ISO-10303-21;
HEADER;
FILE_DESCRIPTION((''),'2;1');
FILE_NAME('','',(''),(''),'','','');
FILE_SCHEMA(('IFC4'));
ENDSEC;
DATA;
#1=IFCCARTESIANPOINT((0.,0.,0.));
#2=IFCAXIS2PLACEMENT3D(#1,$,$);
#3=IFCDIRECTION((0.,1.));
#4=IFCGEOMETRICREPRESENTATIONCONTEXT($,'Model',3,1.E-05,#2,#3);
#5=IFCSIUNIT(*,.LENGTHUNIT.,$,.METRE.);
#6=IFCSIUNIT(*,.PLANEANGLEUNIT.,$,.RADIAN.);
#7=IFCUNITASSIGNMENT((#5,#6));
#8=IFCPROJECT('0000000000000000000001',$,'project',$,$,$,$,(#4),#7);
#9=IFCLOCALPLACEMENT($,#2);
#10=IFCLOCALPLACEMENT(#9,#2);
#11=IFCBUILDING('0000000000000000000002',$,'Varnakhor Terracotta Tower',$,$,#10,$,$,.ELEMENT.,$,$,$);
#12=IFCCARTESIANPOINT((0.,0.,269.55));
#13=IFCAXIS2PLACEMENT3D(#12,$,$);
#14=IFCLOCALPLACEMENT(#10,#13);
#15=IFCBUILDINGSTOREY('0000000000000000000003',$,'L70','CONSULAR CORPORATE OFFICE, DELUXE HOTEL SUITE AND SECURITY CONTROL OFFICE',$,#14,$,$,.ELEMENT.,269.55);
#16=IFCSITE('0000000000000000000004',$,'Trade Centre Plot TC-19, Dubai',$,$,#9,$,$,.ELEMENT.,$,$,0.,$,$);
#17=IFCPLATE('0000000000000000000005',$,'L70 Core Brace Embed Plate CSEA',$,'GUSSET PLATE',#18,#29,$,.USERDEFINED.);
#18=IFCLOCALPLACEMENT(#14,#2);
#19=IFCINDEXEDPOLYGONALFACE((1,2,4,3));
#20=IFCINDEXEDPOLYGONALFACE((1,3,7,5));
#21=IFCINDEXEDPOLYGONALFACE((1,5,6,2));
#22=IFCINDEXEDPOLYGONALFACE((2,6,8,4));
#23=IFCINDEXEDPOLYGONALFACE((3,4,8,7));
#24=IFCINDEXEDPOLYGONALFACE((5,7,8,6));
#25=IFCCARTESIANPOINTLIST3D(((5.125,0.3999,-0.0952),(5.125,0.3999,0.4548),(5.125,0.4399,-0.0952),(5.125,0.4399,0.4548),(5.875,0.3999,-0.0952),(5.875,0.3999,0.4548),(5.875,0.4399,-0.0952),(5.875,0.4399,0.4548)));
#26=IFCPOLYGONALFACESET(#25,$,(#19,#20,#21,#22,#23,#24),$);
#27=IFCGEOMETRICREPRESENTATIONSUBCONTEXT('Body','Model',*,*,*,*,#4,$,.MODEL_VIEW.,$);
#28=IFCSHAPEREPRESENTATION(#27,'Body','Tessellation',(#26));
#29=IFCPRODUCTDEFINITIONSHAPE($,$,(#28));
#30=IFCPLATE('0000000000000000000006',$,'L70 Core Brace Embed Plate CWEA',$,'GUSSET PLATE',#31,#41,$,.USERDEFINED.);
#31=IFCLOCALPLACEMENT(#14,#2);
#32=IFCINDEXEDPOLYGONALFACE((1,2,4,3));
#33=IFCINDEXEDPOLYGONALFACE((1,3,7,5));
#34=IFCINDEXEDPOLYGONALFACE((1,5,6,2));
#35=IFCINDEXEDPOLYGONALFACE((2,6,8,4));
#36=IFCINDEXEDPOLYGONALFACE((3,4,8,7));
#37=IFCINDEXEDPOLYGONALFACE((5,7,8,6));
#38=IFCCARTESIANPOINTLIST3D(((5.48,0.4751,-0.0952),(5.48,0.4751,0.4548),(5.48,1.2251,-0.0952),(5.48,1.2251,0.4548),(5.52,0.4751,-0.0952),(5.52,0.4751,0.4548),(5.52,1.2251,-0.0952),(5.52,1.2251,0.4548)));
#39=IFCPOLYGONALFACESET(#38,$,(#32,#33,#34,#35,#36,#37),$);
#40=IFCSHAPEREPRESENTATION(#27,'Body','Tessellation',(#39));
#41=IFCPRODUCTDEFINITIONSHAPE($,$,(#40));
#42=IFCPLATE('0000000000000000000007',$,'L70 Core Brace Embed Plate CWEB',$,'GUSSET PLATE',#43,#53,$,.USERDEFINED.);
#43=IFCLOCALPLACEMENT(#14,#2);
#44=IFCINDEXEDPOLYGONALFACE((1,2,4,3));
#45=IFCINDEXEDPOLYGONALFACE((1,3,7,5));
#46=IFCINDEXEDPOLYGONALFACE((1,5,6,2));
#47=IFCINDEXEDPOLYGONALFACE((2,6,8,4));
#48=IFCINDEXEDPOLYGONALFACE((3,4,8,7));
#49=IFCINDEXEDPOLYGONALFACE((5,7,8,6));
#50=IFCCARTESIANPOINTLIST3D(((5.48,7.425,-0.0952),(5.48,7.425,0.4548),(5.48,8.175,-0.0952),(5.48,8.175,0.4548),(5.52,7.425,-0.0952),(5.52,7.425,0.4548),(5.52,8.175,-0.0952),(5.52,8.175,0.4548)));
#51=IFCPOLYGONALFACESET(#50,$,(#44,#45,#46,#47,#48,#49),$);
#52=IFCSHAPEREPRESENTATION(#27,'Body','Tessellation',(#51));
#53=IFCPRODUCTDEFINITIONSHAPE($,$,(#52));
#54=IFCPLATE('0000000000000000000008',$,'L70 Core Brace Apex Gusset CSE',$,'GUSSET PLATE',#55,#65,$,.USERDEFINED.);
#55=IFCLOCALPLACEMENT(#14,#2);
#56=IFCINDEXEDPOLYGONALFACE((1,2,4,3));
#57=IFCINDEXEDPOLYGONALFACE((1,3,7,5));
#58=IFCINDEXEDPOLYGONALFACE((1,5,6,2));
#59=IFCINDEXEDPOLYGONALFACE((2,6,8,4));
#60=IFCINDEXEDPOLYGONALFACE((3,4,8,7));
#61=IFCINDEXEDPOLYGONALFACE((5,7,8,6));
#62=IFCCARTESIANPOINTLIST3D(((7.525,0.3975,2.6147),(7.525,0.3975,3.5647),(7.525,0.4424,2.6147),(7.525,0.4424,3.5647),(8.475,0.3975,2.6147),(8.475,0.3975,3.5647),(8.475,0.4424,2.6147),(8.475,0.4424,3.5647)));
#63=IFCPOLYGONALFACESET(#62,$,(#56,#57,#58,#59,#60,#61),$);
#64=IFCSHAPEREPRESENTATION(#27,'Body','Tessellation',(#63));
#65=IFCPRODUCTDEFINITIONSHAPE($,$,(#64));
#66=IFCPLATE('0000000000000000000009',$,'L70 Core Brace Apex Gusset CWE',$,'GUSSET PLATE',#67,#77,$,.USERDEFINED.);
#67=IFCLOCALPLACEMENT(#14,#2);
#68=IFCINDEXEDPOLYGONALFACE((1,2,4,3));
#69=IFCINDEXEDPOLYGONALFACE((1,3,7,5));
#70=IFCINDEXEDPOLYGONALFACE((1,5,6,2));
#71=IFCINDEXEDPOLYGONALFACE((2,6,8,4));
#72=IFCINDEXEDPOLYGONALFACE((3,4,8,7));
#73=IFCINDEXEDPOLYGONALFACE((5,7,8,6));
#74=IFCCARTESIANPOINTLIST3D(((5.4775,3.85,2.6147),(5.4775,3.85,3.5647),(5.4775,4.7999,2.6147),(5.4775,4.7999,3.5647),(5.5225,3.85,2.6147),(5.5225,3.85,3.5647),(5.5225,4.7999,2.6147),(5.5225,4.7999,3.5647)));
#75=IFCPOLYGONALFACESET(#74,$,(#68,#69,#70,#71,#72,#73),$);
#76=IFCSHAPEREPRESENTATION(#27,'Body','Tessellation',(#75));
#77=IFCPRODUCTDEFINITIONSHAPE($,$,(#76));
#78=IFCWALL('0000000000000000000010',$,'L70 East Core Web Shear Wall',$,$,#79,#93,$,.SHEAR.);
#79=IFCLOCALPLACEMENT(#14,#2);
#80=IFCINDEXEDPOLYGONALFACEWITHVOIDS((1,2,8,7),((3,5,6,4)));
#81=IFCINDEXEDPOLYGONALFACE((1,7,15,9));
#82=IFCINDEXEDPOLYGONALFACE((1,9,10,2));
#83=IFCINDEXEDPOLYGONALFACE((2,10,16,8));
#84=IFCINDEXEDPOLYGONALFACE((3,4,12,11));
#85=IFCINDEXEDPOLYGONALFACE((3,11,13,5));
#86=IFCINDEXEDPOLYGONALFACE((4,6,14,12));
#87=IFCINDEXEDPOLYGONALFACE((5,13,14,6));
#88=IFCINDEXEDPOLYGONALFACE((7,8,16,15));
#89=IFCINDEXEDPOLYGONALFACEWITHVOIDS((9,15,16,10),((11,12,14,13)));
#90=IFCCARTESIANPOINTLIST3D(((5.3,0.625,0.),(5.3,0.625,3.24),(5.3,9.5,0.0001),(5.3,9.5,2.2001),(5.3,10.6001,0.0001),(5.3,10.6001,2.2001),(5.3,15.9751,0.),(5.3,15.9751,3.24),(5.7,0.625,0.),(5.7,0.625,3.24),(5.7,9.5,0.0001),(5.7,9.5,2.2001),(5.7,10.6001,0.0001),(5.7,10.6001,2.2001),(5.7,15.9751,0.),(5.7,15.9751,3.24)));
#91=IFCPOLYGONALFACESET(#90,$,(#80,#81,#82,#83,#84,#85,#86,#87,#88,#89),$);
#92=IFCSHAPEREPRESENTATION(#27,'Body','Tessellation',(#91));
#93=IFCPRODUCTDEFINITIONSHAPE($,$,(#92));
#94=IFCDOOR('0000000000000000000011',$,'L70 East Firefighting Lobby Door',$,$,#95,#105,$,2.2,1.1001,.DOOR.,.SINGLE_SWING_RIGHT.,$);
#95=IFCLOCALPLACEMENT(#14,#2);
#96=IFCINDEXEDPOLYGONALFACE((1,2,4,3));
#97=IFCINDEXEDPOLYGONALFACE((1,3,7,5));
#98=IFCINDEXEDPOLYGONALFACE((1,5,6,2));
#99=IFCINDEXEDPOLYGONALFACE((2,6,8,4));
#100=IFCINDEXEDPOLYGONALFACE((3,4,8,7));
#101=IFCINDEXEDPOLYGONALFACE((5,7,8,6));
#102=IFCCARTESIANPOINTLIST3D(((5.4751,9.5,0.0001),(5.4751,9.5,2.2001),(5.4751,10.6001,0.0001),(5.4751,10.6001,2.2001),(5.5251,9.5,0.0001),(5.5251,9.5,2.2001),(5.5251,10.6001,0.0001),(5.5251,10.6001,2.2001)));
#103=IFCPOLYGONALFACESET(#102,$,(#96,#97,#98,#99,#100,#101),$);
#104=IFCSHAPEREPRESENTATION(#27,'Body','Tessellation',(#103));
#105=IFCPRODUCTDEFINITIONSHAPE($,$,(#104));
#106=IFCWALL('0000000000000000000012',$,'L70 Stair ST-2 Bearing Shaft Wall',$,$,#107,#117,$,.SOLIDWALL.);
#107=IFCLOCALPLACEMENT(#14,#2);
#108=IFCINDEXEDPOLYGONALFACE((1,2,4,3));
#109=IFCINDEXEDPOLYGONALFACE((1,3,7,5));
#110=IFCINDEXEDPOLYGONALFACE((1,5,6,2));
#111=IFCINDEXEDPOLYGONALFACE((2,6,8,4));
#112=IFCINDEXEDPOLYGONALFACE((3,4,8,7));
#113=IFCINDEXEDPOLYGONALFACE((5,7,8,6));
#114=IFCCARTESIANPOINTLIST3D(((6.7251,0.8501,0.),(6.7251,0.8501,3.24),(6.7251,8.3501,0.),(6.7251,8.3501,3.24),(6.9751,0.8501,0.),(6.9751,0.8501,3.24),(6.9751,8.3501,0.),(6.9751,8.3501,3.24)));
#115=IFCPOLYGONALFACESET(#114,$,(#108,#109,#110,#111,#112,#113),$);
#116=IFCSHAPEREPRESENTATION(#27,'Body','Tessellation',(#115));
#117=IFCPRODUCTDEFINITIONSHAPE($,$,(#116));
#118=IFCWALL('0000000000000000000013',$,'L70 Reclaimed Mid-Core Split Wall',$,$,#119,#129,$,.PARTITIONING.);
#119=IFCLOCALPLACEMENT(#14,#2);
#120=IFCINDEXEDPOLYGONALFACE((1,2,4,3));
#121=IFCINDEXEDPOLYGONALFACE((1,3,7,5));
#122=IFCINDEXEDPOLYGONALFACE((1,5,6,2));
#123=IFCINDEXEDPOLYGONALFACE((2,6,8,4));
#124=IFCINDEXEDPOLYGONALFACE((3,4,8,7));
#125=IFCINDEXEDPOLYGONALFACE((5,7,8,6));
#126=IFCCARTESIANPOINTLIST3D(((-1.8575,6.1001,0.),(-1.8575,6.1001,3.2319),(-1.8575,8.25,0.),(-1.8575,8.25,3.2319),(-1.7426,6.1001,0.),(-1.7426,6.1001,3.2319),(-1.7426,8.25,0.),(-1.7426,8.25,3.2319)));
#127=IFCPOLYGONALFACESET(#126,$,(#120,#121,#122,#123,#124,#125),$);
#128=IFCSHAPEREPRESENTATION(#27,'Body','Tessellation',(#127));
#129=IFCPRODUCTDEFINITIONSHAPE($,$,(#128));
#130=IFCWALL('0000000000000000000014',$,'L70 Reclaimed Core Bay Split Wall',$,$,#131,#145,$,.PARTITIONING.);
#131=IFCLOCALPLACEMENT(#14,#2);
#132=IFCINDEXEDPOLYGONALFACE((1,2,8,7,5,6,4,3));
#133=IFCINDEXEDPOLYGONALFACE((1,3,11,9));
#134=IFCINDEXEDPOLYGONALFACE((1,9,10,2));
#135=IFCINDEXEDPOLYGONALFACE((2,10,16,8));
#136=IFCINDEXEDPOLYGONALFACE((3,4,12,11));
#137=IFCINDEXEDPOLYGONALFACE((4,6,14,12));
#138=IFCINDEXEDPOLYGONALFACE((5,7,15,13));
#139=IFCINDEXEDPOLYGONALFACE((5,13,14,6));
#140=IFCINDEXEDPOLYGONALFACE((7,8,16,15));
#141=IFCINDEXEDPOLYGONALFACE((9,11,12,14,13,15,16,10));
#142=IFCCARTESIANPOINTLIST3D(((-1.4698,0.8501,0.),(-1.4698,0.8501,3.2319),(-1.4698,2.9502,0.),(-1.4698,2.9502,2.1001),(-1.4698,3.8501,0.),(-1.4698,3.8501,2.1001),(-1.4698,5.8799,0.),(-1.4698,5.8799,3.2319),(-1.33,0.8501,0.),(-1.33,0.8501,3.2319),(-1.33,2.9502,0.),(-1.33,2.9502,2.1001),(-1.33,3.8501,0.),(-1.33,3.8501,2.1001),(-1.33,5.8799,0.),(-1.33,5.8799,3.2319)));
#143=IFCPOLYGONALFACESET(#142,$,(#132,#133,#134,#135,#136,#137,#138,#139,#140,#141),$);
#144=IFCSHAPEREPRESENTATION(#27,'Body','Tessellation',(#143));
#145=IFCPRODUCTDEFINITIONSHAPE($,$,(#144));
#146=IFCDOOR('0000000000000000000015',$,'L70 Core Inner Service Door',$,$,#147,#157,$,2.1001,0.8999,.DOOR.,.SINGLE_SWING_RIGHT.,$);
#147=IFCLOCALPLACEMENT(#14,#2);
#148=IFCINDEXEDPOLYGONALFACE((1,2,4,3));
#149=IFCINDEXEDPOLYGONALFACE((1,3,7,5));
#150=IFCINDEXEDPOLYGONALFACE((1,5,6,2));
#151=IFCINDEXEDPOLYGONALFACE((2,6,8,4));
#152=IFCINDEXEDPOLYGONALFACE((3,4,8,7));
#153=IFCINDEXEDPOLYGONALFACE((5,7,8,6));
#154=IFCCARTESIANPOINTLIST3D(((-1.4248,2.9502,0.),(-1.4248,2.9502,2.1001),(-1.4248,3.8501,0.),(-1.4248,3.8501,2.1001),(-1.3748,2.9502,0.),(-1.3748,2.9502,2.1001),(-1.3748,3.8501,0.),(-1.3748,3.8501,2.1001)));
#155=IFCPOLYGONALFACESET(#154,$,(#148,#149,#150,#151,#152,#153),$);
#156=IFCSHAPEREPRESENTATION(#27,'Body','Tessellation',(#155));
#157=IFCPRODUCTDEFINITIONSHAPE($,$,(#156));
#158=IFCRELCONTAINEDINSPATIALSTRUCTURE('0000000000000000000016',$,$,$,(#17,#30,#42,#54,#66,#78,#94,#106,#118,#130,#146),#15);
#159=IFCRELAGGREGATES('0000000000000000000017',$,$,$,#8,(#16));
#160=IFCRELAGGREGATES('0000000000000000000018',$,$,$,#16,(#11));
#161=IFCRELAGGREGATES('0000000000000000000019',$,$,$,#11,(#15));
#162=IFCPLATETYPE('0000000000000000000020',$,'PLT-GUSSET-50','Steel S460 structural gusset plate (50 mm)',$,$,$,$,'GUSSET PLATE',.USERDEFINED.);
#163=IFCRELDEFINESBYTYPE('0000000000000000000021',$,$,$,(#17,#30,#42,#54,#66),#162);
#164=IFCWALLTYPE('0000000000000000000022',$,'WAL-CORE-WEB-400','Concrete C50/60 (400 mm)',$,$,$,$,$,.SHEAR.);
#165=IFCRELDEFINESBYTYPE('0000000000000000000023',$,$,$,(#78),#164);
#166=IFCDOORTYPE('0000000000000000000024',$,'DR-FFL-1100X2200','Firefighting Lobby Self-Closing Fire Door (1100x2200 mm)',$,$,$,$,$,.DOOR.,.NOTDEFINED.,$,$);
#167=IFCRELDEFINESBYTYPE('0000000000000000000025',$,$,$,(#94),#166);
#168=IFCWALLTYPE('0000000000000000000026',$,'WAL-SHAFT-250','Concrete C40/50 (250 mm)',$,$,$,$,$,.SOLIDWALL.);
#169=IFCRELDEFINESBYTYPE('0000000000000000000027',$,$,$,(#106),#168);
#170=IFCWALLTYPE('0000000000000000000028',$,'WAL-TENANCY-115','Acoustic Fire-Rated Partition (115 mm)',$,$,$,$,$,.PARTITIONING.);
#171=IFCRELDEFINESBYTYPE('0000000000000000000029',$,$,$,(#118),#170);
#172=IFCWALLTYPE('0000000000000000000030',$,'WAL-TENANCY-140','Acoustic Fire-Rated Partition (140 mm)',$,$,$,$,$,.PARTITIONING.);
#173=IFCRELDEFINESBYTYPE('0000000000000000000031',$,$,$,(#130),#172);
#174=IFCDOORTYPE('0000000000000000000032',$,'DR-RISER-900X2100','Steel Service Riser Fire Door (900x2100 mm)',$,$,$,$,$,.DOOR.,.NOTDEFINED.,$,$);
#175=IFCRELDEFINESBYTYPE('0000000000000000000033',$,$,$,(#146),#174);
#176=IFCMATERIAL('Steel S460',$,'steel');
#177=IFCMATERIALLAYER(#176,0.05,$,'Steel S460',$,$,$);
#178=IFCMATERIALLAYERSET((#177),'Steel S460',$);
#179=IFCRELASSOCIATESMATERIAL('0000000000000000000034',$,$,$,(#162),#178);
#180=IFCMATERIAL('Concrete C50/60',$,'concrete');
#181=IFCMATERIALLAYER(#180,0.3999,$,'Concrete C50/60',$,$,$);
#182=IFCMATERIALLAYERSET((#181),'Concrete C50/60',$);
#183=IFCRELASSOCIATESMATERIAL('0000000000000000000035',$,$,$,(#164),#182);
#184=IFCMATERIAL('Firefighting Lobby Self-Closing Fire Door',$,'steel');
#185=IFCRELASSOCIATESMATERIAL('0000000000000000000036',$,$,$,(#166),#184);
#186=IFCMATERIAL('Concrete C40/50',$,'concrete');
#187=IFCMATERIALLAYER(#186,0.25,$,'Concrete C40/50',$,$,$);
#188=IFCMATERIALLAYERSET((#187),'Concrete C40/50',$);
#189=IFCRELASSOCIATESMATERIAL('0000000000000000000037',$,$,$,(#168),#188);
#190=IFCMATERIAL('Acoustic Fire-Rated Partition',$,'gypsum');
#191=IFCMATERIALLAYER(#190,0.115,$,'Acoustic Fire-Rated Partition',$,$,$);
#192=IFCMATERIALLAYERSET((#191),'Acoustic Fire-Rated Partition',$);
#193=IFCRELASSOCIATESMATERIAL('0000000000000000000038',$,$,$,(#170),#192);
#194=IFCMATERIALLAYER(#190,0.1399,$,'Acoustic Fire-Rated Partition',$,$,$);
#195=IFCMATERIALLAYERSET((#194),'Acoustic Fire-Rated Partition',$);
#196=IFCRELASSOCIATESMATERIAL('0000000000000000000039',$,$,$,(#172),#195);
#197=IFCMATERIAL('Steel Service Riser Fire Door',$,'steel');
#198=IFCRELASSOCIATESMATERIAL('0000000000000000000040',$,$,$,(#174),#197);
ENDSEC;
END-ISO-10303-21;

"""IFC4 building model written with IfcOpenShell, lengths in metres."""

from ifc_helpers import new_model, si_unit, direction, frame, frame_2d, origin, origin_2d, place, context, subcontext, project, spatial, rectangle, extrude, source, transform, mapped, material, layer, layer_set, type_object, type_shapes, element, fill, save


model = new_model("IFC4")

# Units and contexts
model_context = context("Model", 3, precision=1e-05, world=origin(), true_north=direction((0.0, 1.0)))
body_context = subcontext(model_context, "Body", "Model", "MODEL_VIEW")
ifc_project = project(units=[si_unit("LENGTHUNIT", "METRE"), si_unit("PLANEANGLEUNIT", "RADIAN")], contexts=[model_context])

# Site, building, storey
site_placement = place(None, origin())
site = spatial("IfcSite", under=ifc_project, at=site_placement, Name="Trade Centre Plot TC-19, Dubai", CompositionType="ELEMENT", RefElevation=0.0)
building_placement = place(site_placement, origin())
building = spatial("IfcBuilding", under=site, at=building_placement, Name="Varnakhor Terracotta Tower", CompositionType="ELEMENT")
storey_placement = place(building_placement, frame((0.0, 0.0, 269.55)))
storey = spatial("IfcBuildingStorey", under=building, at=storey_placement, Name="L70", Description="CONSULAR CORPORATE OFFICE, DELUXE HOTEL SUITE AND SECURITY CONTROL OFFICE", CompositionType="ELEMENT", Elevation=269.55)

# Shared definitions
ifc_material_1 = material(Name="Concrete C50/60", Category="concrete")

# Shared definitions
ifc_material_2 = material(Name="Concrete C40/50", Category="concrete")

# Plates
ifc_material_3 = material(Name="Steel S460", Category="steel")
ifc_layer_1 = layer(ifc_material_3, 0.05, Name="Steel S460")
ifc_layer_set_1 = layer_set([ifc_layer_1], Name="Steel S460")
plate_type = type_object("IfcPlateType", Name="PLT-GUSSET-50", Description="Steel S460 structural gusset plate (50 mm)", ElementType="GUSSET PLATE", PredefinedType="USERDEFINED", material=ifc_layer_set_1)
shared_shape_1 = source(origin(), body_context, "Body", "SweptSolid", [
    extrude(rectangle(XDim=0.75, YDim=0.04, at=origin_2d()), origin(), (0.0, 0.0, 1.0), 0.55),
])
type_shapes(plate_type, [shared_shape_1])
for number, where, z_axis, x_axis, name in (
    (1, (5.5, 0.4199, -0.0952), (0.0, 0.0, 1.0), (1.0, 0.0, 0.0), "L70 Core Brace Embed Plate CSEA"),
    (2, (5.5, 0.8501, -0.0952), (0.0, 0.0, 1.0), (0.0, 1.0, 0.0), "L70 Core Brace Embed Plate CWEA"),
    (3, (5.5, 7.8, -0.0952), (0.0, 0.0, 1.0), (0.0, 1.0, 0.0), "L70 Core Brace Embed Plate CWEB"),
):
    element("IfcPlate", number, at=place(storey_placement, frame(where, z_axis=z_axis, x_axis=x_axis)), inside=storey, type_object=plate_type, Name=name, ObjectType="GUSSET PLATE", PredefinedType="USERDEFINED", context=body_context, shape_type="MappedRepresentation", body=[
        mapped(shared_shape_1, transform((0.0, 0.0, 0.0), scale=1.0)),
    ])
shared_shape_2 = source(origin(), body_context, "Body", "SweptSolid", [
    extrude(rectangle(XDim=0.95, YDim=0.0449, at=origin_2d()), origin(), (0.0, 0.0, 1.0), 0.95),
])
for number, where, z_axis, x_axis, name in (
    (4, (8.0, 0.4199, 2.6147), (0.0, 0.0, 1.0), (1.0, 0.0, 0.0), "L70 Core Brace Apex Gusset CSE"),
    (5, (5.5, 4.325, 2.6147), (0.0, 0.0, 1.0), (0.0, 1.0, 0.0), "L70 Core Brace Apex Gusset CWE"),
):
    element("IfcPlate", number, at=place(storey_placement, frame(where, z_axis=z_axis, x_axis=x_axis)), inside=storey, type_object=plate_type, Name=name, ObjectType="GUSSET PLATE", PredefinedType="USERDEFINED", context=body_context, shape_type="MappedRepresentation", body=[
        mapped(shared_shape_2, transform((0.0, 0.0, 0.0), scale=1.0)),
    ])

# Wall, opening, door
ifc_layer_2 = layer(ifc_material_1, 0.3999, Name="Concrete C50/60")
ifc_layer_set_2 = layer_set([ifc_layer_2], Name="Concrete C50/60")
wall_type_1 = type_object("IfcWallType", Name="WAL-CORE-WEB-400", Description="Concrete C50/60 (400 mm)", PredefinedType="SHEAR", material=ifc_layer_set_2)
wall_1_placement = place(storey_placement, frame((5.5, 0.625, 0.0), z_axis=(0.0, 0.0, 1.0), x_axis=(0.0, 1.0, 0.0)))
wall_1 = element("IfcWall", 6, at=wall_1_placement, inside=storey, type_object=wall_type_1, Name="L70 East Core Web Shear Wall", PredefinedType="SHEAR", context=body_context, shape_type="SweptSolid", body=[
    extrude(rectangle(XDim=15.3501, YDim=0.3999, at=frame_2d((7.675, 0.0))), origin(), (0.0, 0.0, 1.0), 3.24),
])
opening_1_placement = place(wall_1_placement, frame((8.875, 0.0, 0.0)))
opening_1 = element("IfcOpeningElement", 7, at=opening_1_placement, cuts=wall_1, PredefinedType="OPENING", context=body_context, shape_type="SweptSolid", body=[
    extrude(rectangle(XDim=1.1001, YDim=2.2, at=frame_2d((0.55, 1.1001))), frame((0.0, 0.21, 0.0), z_axis=(0.0, -1.0, 0.0), x_axis=(1.0, 0.0, 0.0)), (0.0, 0.0, 1.0), 0.4199),
])
ifc_material_4 = material(Name="Firefighting Lobby Self-Closing Fire Door", Category="steel")
door_type_1 = type_object("IfcDoorType", Name="DR-FFL-1100X2200", Description="Firefighting Lobby Self-Closing Fire Door (1100x2200 mm)", OperationType="NOTDEFINED", PredefinedType="DOOR", material=ifc_material_4)
shared_shape_3 = source(origin(), body_context, "Body", "SweptSolid", [
    extrude(rectangle(XDim=1.1001, YDim=2.2, at=frame_2d((0.55, 1.1001))), frame((0.0, 0.0249, 0.0), z_axis=(0.0, -1.0, 0.0), x_axis=(1.0, 0.0, 0.0)), (0.0, 0.0, 1.0), 0.05),
])
type_shapes(door_type_1, [shared_shape_3])
door_1_placement = place(opening_1_placement, origin())
door_1 = element("IfcDoor", 8, at=door_1_placement, inside=storey, type_object=door_type_1, Name="L70 East Firefighting Lobby Door", OperationType="SINGLE_SWING_RIGHT", OverallHeight=2.2, OverallWidth=1.1001, PredefinedType="DOOR", context=body_context, shape_type="MappedRepresentation", body=[
    mapped(shared_shape_3, transform((0.0, 0.0, 0.0), scale=1.0)),
])
fill(opening_1, door_1)

# Walls
ifc_layer_3 = layer(ifc_material_2, 0.25, Name="Concrete C40/50")
ifc_layer_set_3 = layer_set([ifc_layer_3], Name="Concrete C40/50")
wall_type_2 = type_object("IfcWallType", Name="WAL-SHAFT-250", Description="Concrete C40/50 (250 mm)", PredefinedType="SOLIDWALL", material=ifc_layer_set_3)
wall_2_placement = place(storey_placement, frame((6.8501, 0.8501, 0.0), z_axis=(0.0, 0.0, 1.0), x_axis=(0.0, 1.0, 0.0)))
element("IfcWall", 9, at=wall_2_placement, inside=storey, type_object=wall_type_2, Name="L70 Stair ST-2 Bearing Shaft Wall", PredefinedType="SOLIDWALL", context=body_context, shape_type="SweptSolid", body=[
    extrude(rectangle(XDim=7.5, YDim=0.25, at=frame_2d((3.75, 0.0))), origin(), (0.0, 0.0, 1.0), 3.24),
])
ifc_material_5 = material(Name="Acoustic Fire-Rated Partition", Category="gypsum")
ifc_layer_4 = layer(ifc_material_5, 0.115, Name="Acoustic Fire-Rated Partition")
ifc_layer_set_4 = layer_set([ifc_layer_4], Name="Acoustic Fire-Rated Partition")
wall_type_3 = type_object("IfcWallType", Name="WAL-TENANCY-115", Description="Acoustic Fire-Rated Partition (115 mm)", PredefinedType="PARTITIONING", material=ifc_layer_set_4)
wall_3_placement = place(storey_placement, frame((-1.8, 6.1001, 0.0), z_axis=(0.0, 0.0, 1.0), x_axis=(0.0, 1.0, 0.0)))
element("IfcWall", 10, at=wall_3_placement, inside=storey, type_object=wall_type_3, Name="L70 Reclaimed Mid-Core Split Wall", PredefinedType="PARTITIONING", context=body_context, shape_type="SweptSolid", body=[
    extrude(rectangle(XDim=2.1499, YDim=0.115, at=frame_2d((1.075, 0.0))), origin(), (0.0, 0.0, 1.0), 3.2319),
])

# Wall, opening, door
ifc_layer_5 = layer(ifc_material_5, 0.1399, Name="Acoustic Fire-Rated Partition")
ifc_layer_set_5 = layer_set([ifc_layer_5], Name="Acoustic Fire-Rated Partition")
wall_type_4 = type_object("IfcWallType", Name="WAL-TENANCY-140", Description="Acoustic Fire-Rated Partition (140 mm)", PredefinedType="PARTITIONING", material=ifc_layer_set_5)
wall_4_placement = place(storey_placement, frame((-1.3999, 0.8501, 0.0), z_axis=(0.0, 0.0, 1.0), x_axis=(0.0, 1.0, 0.0)))
wall_4 = element("IfcWall", 11, at=wall_4_placement, inside=storey, type_object=wall_type_4, Name="L70 Reclaimed Core Bay Split Wall", PredefinedType="PARTITIONING", context=body_context, shape_type="SweptSolid", body=[
    extrude(rectangle(XDim=5.0298, YDim=0.1399, at=frame_2d((2.5149, 0.0))), origin(), (0.0, 0.0, 1.0), 3.2319),
])
opening_2_placement = place(wall_4_placement, frame((2.1001, 0.0, 0.0)))
opening_2 = element("IfcOpeningElement", 12, at=opening_2_placement, cuts=wall_4, PredefinedType="OPENING", context=body_context, shape_type="SweptSolid", body=[
    extrude(rectangle(XDim=0.8999, YDim=2.1001, at=frame_2d((0.45, 1.05))), frame((0.0, 0.0801, 0.0), z_axis=(0.0, -1.0, 0.0), x_axis=(1.0, 0.0, 0.0)), (0.0, 0.0, 1.0), 0.1599),
])
ifc_material_6 = material(Name="Steel Service Riser Fire Door", Category="steel")
door_type_2 = type_object("IfcDoorType", Name="DR-RISER-900X2100", Description="Steel Service Riser Fire Door (900x2100 mm)", OperationType="NOTDEFINED", PredefinedType="DOOR", material=ifc_material_6)
shared_shape_4 = source(origin(), body_context, "Body", "SweptSolid", [
    extrude(rectangle(XDim=0.8999, YDim=2.1001, at=frame_2d((0.45, 1.05))), frame((0.0, 0.0249, 0.0), z_axis=(0.0, -1.0, 0.0), x_axis=(1.0, 0.0, 0.0)), (0.0, 0.0, 1.0), 0.05),
])
type_shapes(door_type_2, [shared_shape_4])
door_2_placement = place(opening_2_placement, origin())
door_2 = element("IfcDoor", 13, at=door_2_placement, inside=storey, type_object=door_type_2, Name="L70 Core Inner Service Door", OperationType="SINGLE_SWING_RIGHT", OverallHeight=2.1001, OverallWidth=0.8999, PredefinedType="DOOR", context=body_context, shape_type="MappedRepresentation", body=[
    mapped(shared_shape_4, transform((0.0, 0.0, 0.0), scale=1.0)),
])
fill(opening_2, door_2)

save(model, "model.ifc")
